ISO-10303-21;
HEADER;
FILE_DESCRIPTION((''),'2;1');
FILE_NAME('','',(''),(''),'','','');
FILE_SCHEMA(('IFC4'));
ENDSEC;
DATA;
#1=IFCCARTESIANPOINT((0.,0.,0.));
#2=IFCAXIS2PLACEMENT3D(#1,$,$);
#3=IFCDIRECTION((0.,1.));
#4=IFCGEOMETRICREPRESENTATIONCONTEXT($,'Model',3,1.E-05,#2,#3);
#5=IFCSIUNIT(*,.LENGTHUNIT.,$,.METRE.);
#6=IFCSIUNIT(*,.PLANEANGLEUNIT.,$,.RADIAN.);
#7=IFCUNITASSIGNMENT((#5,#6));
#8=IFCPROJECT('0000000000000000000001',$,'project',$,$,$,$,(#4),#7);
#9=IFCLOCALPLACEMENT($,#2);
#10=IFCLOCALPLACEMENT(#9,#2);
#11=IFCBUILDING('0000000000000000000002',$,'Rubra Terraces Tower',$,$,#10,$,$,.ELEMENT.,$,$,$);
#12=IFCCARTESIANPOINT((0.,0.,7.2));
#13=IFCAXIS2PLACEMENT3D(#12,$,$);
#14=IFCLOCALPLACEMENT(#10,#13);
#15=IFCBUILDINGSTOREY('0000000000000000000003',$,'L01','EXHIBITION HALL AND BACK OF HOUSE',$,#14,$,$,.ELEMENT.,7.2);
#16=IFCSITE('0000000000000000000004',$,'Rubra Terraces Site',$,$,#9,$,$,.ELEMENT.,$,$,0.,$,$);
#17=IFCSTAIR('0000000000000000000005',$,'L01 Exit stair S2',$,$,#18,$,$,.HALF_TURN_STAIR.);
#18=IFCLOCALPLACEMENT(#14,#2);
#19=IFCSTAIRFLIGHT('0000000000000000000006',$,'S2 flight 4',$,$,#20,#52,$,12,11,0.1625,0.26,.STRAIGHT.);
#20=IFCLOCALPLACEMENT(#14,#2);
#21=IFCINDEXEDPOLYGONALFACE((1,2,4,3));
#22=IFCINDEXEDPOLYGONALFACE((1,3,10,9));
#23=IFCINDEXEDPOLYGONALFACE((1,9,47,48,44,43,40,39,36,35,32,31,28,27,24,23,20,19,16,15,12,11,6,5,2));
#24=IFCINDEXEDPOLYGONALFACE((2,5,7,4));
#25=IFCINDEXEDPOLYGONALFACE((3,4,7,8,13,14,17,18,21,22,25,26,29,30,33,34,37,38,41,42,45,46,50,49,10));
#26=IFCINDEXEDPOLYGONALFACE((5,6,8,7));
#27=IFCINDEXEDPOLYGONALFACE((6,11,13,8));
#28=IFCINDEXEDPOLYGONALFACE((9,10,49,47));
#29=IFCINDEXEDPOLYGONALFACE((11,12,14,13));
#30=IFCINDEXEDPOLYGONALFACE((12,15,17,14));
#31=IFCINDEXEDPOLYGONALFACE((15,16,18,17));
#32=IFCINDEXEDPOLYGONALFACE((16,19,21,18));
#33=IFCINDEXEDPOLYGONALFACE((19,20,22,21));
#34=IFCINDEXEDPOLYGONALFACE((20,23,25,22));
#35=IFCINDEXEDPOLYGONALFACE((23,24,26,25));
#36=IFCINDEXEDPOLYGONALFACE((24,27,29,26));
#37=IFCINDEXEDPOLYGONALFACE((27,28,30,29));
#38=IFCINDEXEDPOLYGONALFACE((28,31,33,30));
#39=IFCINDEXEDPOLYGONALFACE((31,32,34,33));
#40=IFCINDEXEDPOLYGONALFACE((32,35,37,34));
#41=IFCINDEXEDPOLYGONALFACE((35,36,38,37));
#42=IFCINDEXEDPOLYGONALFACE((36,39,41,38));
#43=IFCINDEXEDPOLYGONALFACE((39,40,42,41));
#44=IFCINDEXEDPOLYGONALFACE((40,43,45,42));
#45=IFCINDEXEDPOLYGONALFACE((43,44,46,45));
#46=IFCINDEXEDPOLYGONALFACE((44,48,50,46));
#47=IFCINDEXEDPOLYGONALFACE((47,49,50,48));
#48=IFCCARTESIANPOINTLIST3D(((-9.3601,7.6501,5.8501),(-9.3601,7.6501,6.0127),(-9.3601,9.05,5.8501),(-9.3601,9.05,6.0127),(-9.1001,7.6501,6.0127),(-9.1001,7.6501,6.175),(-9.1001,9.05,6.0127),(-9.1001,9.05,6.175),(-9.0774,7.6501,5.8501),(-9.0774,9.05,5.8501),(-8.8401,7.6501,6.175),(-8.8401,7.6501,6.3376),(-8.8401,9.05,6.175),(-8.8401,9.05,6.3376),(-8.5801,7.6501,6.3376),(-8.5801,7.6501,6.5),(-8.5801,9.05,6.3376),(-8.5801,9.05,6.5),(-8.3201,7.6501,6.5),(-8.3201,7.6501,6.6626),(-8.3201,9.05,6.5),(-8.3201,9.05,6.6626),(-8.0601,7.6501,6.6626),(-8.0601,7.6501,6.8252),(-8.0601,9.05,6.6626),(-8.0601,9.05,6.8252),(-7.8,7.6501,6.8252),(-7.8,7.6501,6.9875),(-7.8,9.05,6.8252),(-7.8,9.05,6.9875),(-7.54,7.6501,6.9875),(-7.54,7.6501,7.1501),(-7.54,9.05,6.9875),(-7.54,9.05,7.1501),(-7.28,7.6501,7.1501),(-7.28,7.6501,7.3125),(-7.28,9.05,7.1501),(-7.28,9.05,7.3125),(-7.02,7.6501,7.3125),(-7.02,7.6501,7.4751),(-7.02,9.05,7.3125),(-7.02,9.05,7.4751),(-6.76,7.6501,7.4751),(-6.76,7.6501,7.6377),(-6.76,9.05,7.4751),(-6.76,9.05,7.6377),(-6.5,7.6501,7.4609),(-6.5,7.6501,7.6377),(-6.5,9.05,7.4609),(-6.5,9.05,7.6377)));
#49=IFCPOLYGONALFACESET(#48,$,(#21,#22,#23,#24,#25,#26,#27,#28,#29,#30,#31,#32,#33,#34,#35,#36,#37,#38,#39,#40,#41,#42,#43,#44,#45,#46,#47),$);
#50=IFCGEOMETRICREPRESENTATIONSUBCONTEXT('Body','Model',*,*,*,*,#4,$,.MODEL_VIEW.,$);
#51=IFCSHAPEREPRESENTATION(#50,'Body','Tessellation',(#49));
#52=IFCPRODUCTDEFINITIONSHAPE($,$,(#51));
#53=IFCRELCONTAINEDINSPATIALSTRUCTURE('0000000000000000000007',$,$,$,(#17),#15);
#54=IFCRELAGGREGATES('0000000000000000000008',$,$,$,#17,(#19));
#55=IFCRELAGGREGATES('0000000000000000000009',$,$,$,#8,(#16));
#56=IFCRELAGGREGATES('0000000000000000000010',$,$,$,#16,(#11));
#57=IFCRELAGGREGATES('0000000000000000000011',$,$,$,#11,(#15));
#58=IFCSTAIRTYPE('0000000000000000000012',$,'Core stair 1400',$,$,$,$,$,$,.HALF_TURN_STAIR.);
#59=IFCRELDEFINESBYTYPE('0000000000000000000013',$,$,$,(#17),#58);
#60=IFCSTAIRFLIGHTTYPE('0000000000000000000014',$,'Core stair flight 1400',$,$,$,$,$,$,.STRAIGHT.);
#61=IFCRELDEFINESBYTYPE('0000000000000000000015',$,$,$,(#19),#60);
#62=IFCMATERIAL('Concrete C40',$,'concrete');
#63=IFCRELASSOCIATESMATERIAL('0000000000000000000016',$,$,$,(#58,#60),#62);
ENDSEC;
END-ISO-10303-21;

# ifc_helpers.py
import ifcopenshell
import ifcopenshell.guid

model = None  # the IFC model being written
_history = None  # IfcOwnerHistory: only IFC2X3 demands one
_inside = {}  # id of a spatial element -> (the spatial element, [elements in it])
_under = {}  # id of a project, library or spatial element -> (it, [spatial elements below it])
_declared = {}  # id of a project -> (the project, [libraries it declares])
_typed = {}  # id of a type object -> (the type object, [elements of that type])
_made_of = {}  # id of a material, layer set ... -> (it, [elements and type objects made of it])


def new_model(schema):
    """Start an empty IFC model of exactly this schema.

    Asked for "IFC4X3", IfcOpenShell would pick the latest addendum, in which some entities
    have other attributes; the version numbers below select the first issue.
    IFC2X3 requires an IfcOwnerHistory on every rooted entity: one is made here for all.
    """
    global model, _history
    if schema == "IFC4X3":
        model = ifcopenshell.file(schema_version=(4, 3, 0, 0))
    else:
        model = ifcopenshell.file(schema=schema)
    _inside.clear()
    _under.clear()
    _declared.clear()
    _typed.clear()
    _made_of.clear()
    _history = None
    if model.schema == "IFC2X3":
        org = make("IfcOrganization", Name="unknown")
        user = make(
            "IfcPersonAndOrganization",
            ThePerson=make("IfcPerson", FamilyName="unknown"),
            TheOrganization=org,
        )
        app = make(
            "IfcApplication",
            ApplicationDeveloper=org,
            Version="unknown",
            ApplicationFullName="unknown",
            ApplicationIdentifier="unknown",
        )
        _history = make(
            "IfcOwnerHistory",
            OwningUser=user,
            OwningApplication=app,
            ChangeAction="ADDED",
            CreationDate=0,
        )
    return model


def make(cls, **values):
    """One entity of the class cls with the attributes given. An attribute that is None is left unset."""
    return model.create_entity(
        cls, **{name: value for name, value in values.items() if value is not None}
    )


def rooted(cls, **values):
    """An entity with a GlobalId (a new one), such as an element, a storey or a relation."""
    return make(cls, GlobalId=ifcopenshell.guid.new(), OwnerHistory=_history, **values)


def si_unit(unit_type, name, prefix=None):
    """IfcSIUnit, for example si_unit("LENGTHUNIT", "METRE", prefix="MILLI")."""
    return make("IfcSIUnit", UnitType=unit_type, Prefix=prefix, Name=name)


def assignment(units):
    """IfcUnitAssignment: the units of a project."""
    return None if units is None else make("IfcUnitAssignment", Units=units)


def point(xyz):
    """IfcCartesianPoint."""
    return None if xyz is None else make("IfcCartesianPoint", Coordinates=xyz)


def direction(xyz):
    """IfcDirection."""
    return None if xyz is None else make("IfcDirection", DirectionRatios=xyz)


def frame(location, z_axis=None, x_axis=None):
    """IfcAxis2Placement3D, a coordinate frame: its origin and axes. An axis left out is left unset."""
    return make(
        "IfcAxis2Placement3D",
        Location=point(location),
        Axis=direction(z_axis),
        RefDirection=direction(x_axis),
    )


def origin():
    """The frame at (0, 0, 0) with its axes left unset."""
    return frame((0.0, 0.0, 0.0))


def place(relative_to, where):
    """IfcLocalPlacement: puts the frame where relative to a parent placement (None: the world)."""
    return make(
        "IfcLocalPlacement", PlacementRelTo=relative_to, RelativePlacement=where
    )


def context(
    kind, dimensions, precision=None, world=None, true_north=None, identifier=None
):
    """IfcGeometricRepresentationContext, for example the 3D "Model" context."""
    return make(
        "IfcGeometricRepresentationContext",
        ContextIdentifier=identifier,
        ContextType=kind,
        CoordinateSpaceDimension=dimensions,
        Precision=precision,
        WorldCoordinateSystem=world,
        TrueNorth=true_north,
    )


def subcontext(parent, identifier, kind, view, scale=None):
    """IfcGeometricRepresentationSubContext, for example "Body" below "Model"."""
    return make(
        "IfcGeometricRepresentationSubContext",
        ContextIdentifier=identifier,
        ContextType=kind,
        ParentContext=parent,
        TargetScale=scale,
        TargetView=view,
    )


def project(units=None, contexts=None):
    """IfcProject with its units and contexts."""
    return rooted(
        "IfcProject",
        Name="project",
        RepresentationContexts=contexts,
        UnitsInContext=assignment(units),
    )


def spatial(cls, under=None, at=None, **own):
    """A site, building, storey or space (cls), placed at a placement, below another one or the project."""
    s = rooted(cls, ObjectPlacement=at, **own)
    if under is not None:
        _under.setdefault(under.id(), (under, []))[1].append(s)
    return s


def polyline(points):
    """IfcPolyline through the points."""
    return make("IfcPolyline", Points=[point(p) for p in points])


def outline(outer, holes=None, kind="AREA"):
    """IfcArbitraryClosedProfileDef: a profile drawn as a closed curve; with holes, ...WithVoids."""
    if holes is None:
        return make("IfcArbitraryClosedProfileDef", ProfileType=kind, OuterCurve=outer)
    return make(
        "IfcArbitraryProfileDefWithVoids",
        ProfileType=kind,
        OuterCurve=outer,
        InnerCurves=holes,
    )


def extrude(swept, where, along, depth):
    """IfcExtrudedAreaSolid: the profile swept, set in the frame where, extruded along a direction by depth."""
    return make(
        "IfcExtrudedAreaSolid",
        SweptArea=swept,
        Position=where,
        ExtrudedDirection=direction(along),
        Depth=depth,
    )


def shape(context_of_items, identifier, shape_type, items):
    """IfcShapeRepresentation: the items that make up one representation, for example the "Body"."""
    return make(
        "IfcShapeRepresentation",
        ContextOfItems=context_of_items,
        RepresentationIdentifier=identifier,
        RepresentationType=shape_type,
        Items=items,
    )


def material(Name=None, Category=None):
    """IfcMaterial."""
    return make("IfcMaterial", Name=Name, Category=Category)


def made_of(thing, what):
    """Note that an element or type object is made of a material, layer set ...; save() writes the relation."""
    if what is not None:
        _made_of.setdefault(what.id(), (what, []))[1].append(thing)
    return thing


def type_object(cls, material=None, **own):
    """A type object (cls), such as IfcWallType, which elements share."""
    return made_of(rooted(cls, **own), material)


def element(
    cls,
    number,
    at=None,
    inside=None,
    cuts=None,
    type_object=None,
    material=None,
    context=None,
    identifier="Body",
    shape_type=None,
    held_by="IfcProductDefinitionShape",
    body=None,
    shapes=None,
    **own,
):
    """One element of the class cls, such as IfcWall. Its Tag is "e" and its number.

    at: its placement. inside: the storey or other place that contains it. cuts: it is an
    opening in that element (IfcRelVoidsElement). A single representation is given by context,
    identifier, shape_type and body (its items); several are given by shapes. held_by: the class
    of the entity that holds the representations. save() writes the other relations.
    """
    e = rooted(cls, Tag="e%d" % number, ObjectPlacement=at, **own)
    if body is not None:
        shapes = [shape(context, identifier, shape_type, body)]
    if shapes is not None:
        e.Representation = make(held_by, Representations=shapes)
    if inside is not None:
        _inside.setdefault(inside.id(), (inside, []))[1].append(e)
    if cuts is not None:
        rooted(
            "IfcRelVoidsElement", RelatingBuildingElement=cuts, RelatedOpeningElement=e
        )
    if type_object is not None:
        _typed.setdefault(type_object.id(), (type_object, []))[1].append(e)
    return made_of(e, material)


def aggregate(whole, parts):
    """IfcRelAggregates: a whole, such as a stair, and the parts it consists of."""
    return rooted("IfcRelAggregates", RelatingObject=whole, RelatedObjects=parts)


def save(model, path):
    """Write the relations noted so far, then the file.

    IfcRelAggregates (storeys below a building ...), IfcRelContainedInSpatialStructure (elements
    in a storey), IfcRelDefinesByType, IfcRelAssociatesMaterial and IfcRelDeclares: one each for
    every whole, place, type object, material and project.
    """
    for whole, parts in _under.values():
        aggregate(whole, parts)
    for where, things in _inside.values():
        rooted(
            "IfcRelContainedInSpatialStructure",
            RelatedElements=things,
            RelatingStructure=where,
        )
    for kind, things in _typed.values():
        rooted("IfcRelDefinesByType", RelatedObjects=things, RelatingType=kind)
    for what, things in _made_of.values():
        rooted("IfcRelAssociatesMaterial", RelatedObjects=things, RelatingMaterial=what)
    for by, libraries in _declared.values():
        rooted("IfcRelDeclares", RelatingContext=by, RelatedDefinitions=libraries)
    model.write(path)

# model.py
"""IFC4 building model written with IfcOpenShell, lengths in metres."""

from ifc_helpers import new_model, si_unit, direction, frame, origin, place, context, subcontext, project, spatial, polyline, outline, extrude, material, type_object, element, aggregate, save


model = new_model("IFC4")

# Units and contexts
model_context = context("Model", 3, precision=1e-05, world=origin(), true_north=direction((0.0, 1.0)))
body_context = subcontext(model_context, "Body", "Model", "MODEL_VIEW")
ifc_project = project(units=[si_unit("LENGTHUNIT", "METRE"), si_unit("PLANEANGLEUNIT", "RADIAN")], contexts=[model_context])

# Site, building, storey
site_placement = place(None, origin())
site = spatial("IfcSite", under=ifc_project, at=site_placement, Name="Rubra Terraces Site", CompositionType="ELEMENT", RefElevation=0.0)
building_placement = place(site_placement, origin())
building = spatial("IfcBuilding", under=site, at=building_placement, Name="Rubra Terraces Tower", CompositionType="ELEMENT")
storey_placement = place(building_placement, frame((0.0, 0.0, 7.2)))
storey = spatial("IfcBuildingStorey", under=building, at=storey_placement, Name="L01", Description="EXHIBITION HALL AND BACK OF HOUSE", CompositionType="ELEMENT", Elevation=7.2)

# Shared definitions
ifc_material_1 = material(Name="Concrete C40", Category="concrete")

# Stair, stair flight
stair_type = type_object("IfcStairType", Name="Core stair 1400", PredefinedType="HALF_TURN_STAIR", material=ifc_material_1)
stair_placement = place(storey_placement, origin())
stair = element("IfcStair", 1, at=stair_placement, inside=storey, type_object=stair_type, Name="L01 Exit stair S2", PredefinedType="HALF_TURN_STAIR")
stair_flight_type = type_object("IfcStairFlightType", Name="Core stair flight 1400", PredefinedType="STRAIGHT", material=ifc_material_1)
stair_flight_1_placement = place(storey_placement, frame((-9.3601, 8.3501, 5.8501), z_axis=(0.0, 0.0, 1.0), x_axis=(1.0, 0.0, 0.0)))
stair_flight_1 = element("IfcStairFlight", 2, at=stair_flight_1_placement, type_object=stair_flight_type, Name="S2 flight 4", NumberOfRisers=12, NumberOfTreads=11, PredefinedType="STRAIGHT", RiserHeight=0.1625, TreadLength=0.26, context=body_context, shape_type="SweptSolid", body=[
    extrude(outline(polyline([(0.0, 0.0), (0.0, 0.1626), (0.26, 0.1626), (0.26, 0.325), (0.52, 0.325), (0.52, 0.4875), (0.78, 0.4875), (0.78, 0.6499), (1.04, 0.6499), (1.04, 0.8125), (1.3, 0.8125), (1.3, 0.9751), (1.5601, 0.9751), (1.5601, 1.1375), (1.8201, 1.1375), (1.8201, 1.3), (2.0801, 1.3), (2.0801, 1.4624), (2.3401, 1.4624), (2.3401, 1.625), (2.6001, 1.625), (2.6001, 1.7876), (2.8601, 1.7876), (2.8601, 1.95), (2.8601, 1.6108), (0.2827, 0.0), (0.0, 0.0)])), frame((0.0, 0.7, 0.0), z_axis=(0.0, -1.0, 0.0), x_axis=(1.0, 0.0, 0.0)), (0.0, 0.0, 1.0), 1.3999),
])
aggregate(stair, [stair_flight_1])

save(model, "model.ifc")
